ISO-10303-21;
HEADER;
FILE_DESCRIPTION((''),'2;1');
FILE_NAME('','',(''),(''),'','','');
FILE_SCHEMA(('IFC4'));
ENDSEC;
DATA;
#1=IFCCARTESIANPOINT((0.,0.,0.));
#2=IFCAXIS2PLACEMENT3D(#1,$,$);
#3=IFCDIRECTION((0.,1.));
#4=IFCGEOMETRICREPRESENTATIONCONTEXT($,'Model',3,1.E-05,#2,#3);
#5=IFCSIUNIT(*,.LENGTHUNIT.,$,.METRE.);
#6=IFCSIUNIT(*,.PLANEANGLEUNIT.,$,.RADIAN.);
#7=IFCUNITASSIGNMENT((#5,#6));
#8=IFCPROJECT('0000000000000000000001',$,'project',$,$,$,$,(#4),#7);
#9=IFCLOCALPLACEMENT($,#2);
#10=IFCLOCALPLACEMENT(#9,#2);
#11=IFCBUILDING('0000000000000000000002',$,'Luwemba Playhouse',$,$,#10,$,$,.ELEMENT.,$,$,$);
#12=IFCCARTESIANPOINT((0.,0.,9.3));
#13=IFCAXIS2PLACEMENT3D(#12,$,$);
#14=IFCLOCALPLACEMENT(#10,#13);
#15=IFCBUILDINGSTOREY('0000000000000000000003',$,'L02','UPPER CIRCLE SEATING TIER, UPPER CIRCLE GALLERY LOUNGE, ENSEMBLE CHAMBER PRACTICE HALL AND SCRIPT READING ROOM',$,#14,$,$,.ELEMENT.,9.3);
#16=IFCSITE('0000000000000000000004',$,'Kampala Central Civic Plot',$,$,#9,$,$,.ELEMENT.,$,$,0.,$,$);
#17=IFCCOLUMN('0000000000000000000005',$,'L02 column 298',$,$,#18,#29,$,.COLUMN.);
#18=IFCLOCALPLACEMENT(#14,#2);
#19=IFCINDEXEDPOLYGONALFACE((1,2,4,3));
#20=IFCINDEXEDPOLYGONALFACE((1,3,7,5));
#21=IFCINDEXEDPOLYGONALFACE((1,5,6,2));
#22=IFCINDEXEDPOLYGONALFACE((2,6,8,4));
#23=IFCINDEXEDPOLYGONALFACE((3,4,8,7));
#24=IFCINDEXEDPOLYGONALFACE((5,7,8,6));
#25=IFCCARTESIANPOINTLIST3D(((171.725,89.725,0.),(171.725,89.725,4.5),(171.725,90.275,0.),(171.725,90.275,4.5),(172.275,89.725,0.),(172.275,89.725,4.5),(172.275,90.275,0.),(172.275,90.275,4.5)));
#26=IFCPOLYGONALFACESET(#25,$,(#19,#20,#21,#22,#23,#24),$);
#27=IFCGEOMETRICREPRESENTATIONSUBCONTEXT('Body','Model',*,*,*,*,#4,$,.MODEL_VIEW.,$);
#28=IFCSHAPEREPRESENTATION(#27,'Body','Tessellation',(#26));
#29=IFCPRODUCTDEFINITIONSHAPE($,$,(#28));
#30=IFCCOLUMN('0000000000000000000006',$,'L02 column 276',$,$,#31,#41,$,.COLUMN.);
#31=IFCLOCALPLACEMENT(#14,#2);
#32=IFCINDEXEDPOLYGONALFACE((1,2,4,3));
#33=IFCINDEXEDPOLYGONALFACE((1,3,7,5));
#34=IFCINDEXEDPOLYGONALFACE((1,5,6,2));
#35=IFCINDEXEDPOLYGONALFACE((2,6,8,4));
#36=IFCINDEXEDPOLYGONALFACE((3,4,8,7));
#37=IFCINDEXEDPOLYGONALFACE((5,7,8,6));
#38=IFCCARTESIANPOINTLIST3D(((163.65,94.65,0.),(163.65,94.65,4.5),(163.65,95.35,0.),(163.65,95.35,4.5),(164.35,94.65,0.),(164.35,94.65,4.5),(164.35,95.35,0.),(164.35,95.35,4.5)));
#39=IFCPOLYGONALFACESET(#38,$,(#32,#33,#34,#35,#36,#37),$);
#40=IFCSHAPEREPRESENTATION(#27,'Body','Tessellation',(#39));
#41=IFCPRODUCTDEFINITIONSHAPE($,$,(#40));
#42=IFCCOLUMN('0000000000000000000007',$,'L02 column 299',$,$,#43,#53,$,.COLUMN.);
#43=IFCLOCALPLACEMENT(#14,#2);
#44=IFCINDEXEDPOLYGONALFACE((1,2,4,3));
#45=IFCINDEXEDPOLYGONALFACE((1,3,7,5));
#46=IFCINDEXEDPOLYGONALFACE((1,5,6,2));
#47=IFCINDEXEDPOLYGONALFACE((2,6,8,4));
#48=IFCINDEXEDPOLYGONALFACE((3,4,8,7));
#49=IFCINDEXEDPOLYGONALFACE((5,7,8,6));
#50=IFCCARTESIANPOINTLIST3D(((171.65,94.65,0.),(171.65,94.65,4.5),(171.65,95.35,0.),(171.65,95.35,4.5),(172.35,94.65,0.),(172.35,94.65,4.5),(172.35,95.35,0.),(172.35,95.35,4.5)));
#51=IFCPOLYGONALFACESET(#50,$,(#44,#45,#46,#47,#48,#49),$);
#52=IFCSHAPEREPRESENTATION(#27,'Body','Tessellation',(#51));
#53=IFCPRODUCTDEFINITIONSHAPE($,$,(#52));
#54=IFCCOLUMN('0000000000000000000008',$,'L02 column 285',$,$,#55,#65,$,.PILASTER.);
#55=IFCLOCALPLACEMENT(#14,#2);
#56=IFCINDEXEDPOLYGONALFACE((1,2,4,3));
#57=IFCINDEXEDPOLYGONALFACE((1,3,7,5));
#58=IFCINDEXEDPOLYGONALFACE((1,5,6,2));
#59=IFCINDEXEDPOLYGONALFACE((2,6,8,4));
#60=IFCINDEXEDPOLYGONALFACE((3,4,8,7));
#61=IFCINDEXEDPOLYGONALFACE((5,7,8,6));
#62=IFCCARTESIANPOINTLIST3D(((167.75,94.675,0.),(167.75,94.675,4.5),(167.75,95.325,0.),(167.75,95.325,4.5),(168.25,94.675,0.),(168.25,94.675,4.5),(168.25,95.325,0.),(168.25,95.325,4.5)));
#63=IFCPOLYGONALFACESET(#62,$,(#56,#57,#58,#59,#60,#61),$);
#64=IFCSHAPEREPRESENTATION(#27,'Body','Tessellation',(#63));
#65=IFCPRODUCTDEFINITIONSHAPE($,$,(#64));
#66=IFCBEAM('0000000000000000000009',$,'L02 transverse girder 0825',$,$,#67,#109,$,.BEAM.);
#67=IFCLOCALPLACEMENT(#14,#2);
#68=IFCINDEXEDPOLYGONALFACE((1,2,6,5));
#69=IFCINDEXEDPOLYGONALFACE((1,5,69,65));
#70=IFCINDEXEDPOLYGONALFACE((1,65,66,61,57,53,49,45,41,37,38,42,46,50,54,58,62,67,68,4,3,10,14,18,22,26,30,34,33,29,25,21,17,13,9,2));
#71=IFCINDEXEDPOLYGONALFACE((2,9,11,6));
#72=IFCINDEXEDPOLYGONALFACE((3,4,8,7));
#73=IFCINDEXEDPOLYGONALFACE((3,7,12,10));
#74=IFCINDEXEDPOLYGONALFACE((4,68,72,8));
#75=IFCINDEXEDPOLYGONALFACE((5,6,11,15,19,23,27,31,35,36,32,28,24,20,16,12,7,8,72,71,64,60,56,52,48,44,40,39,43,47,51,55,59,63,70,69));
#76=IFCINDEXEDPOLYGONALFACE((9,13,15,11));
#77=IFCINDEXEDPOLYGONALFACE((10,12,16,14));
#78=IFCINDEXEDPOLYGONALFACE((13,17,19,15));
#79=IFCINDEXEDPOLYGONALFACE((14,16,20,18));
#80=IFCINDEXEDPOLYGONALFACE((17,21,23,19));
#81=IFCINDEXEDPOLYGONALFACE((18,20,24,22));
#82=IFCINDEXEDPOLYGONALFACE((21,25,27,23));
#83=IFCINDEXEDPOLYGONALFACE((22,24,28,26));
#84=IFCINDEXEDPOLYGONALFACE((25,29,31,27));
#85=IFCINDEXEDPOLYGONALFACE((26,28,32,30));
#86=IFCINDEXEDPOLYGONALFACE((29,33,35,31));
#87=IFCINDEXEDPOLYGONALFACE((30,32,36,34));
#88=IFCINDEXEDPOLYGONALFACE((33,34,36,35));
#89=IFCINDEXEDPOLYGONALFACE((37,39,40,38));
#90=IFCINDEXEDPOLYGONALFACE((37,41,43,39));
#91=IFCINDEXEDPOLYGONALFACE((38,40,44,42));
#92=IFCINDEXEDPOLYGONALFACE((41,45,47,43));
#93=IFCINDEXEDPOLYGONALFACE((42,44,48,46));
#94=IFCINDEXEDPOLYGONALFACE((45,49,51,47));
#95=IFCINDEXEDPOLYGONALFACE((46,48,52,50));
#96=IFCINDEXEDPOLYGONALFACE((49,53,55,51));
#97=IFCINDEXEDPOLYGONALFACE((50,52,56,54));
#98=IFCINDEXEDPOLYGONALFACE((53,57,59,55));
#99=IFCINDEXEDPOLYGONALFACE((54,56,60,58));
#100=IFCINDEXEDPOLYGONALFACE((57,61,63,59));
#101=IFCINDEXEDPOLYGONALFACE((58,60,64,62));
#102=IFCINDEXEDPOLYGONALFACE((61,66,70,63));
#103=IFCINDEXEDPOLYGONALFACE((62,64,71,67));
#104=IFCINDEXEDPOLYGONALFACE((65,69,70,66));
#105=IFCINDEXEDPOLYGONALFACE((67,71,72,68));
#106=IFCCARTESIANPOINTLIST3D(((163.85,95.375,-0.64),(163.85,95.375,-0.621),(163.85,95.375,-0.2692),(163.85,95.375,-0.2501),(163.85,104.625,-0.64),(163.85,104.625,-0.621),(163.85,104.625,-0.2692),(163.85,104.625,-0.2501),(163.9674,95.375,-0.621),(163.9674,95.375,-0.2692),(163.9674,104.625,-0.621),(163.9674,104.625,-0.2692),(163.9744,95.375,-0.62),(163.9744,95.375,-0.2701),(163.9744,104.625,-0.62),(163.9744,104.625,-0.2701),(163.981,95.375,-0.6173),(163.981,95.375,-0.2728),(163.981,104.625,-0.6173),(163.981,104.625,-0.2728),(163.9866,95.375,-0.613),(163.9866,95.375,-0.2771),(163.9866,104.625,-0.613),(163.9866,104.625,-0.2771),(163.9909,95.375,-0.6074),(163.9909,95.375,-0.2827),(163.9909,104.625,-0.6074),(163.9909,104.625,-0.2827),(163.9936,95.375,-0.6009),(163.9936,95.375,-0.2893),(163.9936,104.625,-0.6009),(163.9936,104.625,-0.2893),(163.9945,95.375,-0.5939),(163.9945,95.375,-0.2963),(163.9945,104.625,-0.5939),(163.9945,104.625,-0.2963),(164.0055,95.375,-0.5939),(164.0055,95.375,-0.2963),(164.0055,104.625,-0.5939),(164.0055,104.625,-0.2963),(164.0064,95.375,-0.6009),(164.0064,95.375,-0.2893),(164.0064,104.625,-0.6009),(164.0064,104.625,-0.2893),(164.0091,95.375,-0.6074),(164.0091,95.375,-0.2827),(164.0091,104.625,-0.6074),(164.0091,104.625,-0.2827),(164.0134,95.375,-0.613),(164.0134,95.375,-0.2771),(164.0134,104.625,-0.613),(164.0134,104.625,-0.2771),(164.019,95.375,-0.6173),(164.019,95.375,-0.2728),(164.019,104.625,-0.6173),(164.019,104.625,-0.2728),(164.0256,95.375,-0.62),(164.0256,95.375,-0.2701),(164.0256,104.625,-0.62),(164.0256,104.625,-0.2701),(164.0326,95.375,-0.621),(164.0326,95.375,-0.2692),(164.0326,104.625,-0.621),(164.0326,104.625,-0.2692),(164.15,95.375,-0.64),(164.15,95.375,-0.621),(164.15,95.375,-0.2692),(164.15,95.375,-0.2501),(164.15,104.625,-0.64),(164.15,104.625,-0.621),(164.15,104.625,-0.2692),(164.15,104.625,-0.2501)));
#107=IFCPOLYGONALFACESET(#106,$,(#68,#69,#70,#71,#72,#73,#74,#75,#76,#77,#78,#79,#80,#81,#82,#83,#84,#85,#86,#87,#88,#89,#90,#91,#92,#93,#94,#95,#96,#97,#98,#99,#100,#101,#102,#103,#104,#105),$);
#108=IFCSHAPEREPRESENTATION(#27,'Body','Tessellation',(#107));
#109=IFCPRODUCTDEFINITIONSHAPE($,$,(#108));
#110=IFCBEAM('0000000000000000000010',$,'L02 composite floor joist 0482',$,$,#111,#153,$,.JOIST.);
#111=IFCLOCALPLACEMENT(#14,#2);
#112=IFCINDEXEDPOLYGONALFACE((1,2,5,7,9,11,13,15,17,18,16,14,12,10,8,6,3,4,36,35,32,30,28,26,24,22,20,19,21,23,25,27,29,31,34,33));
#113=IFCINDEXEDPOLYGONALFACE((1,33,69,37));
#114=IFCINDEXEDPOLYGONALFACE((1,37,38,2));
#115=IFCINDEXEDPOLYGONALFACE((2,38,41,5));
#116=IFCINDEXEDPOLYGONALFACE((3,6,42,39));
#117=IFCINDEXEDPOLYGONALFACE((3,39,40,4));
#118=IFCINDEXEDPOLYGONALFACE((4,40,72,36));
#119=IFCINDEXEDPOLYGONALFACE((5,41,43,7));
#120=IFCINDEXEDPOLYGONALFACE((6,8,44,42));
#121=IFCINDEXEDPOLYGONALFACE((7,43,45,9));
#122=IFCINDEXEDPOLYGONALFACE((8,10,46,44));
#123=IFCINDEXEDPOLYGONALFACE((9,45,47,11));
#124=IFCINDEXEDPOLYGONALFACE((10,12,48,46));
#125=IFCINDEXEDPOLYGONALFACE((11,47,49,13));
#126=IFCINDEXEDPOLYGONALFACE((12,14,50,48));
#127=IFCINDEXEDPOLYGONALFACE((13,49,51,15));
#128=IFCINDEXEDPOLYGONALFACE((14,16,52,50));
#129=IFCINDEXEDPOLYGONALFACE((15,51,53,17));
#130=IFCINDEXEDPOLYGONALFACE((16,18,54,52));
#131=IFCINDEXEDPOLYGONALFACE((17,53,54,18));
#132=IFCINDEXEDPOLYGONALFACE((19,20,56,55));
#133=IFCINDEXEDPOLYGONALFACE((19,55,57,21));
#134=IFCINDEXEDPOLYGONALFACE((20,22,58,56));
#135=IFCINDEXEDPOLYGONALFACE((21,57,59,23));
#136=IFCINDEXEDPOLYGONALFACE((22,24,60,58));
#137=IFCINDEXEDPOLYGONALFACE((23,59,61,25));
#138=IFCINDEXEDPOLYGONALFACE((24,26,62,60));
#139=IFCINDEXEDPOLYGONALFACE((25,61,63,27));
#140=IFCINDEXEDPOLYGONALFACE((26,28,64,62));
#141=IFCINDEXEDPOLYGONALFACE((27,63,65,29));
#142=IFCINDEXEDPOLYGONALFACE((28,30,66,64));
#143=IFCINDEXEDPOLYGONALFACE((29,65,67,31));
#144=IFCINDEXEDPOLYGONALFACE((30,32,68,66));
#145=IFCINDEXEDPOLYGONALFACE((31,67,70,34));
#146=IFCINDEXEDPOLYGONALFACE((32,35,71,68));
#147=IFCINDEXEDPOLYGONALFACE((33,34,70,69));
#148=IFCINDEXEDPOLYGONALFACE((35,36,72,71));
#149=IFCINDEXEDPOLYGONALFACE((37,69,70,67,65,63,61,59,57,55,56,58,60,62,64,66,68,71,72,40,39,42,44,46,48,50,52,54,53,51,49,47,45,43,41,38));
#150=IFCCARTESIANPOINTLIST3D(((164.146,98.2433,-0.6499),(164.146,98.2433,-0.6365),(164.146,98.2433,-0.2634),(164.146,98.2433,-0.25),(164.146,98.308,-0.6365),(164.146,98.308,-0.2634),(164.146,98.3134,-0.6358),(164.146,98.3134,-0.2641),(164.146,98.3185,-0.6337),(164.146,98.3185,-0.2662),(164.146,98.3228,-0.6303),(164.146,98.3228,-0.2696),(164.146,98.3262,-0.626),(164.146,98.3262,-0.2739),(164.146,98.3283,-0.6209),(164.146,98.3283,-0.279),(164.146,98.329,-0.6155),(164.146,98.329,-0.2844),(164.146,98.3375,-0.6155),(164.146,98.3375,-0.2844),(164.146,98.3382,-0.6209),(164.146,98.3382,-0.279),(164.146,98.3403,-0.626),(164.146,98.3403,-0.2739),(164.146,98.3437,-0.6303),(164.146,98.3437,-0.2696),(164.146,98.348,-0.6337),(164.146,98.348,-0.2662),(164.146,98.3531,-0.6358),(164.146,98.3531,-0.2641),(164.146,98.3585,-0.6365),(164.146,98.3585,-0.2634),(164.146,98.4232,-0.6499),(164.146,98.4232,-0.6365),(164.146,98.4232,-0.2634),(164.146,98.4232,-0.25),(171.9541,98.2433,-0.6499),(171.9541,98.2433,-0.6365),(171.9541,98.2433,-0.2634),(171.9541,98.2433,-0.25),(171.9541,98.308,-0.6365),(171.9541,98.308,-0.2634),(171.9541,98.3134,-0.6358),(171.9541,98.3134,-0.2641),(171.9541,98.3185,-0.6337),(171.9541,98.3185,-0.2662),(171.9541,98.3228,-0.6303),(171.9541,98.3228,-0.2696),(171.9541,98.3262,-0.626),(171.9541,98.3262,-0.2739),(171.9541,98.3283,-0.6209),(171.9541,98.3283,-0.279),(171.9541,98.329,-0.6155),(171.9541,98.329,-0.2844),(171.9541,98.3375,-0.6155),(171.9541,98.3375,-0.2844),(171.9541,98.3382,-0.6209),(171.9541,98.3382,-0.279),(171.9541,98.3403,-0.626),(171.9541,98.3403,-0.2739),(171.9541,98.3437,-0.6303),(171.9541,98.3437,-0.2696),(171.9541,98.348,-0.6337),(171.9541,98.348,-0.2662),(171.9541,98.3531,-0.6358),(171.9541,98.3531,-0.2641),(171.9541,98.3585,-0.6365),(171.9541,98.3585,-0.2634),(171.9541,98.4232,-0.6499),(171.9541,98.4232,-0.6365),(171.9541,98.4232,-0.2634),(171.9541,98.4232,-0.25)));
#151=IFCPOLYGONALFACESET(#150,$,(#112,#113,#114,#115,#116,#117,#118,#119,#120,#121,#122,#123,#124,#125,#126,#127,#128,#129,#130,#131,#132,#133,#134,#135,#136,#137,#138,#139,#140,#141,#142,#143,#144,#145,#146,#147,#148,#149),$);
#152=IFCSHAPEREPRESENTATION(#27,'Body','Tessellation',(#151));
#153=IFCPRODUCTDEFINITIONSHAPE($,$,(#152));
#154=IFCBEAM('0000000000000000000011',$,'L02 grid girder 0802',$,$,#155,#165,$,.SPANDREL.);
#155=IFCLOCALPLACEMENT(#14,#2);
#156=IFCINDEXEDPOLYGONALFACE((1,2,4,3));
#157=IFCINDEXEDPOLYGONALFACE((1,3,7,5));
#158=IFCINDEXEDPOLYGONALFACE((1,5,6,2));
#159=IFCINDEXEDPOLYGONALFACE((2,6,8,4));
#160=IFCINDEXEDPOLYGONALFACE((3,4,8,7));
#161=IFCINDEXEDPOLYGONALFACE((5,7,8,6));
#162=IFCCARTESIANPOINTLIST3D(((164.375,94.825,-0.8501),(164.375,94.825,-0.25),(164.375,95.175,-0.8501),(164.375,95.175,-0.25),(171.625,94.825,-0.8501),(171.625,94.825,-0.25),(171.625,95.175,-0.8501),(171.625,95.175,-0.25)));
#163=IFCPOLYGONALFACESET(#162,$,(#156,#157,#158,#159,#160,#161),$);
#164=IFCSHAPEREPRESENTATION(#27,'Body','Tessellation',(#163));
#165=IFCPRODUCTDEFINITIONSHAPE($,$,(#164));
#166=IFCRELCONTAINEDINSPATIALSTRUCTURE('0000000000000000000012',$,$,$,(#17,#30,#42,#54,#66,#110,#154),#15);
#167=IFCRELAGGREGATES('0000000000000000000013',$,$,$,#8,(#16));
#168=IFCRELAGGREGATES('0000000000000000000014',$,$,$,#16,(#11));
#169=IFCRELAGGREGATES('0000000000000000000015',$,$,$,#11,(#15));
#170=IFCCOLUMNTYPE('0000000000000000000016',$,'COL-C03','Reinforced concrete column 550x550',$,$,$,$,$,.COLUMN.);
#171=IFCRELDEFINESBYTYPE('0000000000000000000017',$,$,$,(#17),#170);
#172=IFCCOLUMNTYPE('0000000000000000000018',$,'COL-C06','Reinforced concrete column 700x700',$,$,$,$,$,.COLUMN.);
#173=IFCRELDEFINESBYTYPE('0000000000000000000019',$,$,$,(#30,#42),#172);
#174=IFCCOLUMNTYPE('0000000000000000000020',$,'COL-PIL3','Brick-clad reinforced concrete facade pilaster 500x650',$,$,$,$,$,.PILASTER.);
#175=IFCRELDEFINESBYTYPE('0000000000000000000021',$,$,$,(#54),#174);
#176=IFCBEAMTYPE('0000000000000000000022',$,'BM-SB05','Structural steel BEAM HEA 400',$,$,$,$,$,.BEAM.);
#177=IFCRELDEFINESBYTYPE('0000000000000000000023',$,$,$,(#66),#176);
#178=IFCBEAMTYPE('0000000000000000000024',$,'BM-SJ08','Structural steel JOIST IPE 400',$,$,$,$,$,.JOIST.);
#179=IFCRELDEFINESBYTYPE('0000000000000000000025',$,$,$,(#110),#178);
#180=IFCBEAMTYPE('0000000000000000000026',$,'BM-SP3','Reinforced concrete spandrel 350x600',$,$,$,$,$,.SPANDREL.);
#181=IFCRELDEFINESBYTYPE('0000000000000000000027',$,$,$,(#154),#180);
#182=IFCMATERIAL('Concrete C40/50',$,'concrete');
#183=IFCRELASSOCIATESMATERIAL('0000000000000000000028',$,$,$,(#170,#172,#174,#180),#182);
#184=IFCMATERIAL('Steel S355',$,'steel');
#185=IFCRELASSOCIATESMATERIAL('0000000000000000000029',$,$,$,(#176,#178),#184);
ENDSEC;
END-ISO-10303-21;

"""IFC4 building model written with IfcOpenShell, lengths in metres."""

from ifc_helpers import new_model, si_unit, direction, frame, origin, origin_2d, place, context, subcontext, project, spatial, rectangle, i_section, extrude, material, material_profile, profile_set, type_object, element, save


model = new_model("IFC4")

# Units and contexts
model_context = context("Model", 3, precision=1e-05, world=origin(), true_north=direction((0.0, 1.0)))
body_context = subcontext(model_context, "Body", "Model", "MODEL_VIEW")
ifc_project = project(units=[si_unit("LENGTHUNIT", "METRE"), si_unit("PLANEANGLEUNIT", "RADIAN")], contexts=[model_context])

# Site, building, storey
site_placement = place(None, origin())
site = spatial("IfcSite", under=ifc_project, at=site_placement, Name="Kampala Central Civic Plot", CompositionType="ELEMENT", RefElevation=0.0)
building_placement = place(site_placement, origin())
building = spatial("IfcBuilding", under=site, at=building_placement, Name="Luwemba Playhouse", CompositionType="ELEMENT")
storey_placement = place(building_placement, frame((0.0, 0.0, 9.3)))
storey = spatial("IfcBuildingStorey", under=building, at=storey_placement, Name="L02", Description="UPPER CIRCLE SEATING TIER, UPPER CIRCLE GALLERY LOUNGE, ENSEMBLE CHAMBER PRACTICE HALL AND SCRIPT READING ROOM", CompositionType="ELEMENT", Elevation=9.3)

# Columns
ifc_material_1 = material(Name="Concrete C40/50", Category="concrete")
ifc_material_profile_1 = material_profile(ifc_material_1, rectangle(XDim=0.55, YDim=0.55, at=origin_2d()))
ifc_profile_set_1 = profile_set([ifc_material_profile_1], Name="Concrete C40/50")
column_type_1 = type_object("IfcColumnType", Name="COL-C03", Description="Reinforced concrete column 550x550", PredefinedType="COLUMN", material=ifc_profile_set_1)
column_1_placement = place(storey_placement, frame((172.0, 90.0, 0.0), z_axis=(0.0, 0.0, 1.0), x_axis=(1.0, 0.0, 0.0)))
element("IfcColumn", 1, at=column_1_placement, inside=storey, type_object=column_type_1, Name="L02 column 298", PredefinedType="COLUMN", context=body_context, shape_type="SweptSolid", body=[
    extrude(rectangle(XDim=0.55, YDim=0.55, at=origin_2d()), origin(), (0.0, 0.0, 1.0), 4.5),
])
ifc_material_profile_2 = material_profile(ifc_material_1, rectangle(XDim=0.7, YDim=0.7, at=origin_2d()))
ifc_profile_set_2 = profile_set([ifc_material_profile_2], Name="Concrete C40/50")
column_type_2 = type_object("IfcColumnType", Name="COL-C06", Description="Reinforced concrete column 700x700", PredefinedType="COLUMN", material=ifc_profile_set_2)
for number, where, z_axis, x_axis, name in (
    (2, (164.0, 95.0, 0.0), (0.0, 0.0, 1.0), (1.0, 0.0, 0.0), "L02 column 276"),
    (3, (172.0, 95.0, 0.0), (0.0, 0.0, 1.0), (1.0, 0.0, 0.0), "L02 column 299"),
):
    element("IfcColumn", number, at=place(storey_placement, frame(where, z_axis=z_axis, x_axis=x_axis)), inside=storey, type_object=column_type_2, Name=name, PredefinedType="COLUMN", context=body_context, shape_type="SweptSolid", body=[
        extrude(rectangle(XDim=0.7, YDim=0.7, at=origin_2d()), origin(), (0.0, 0.0, 1.0), 4.5),
    ])
ifc_material_profile_3 = material_profile(ifc_material_1, rectangle(XDim=0.5, YDim=0.6499, at=origin_2d()))
ifc_profile_set_3 = profile_set([ifc_material_profile_3], Name="Concrete C40/50")
column_type_3 = type_object("IfcColumnType", Name="COL-PIL3", Description="Brick-clad reinforced concrete facade pilaster 500x650", PredefinedType="PILASTER", material=ifc_profile_set_3)
column_2_placement = place(storey_placement, frame((168.0, 95.0, 0.0), z_axis=(0.0, 0.0, 1.0), x_axis=(1.0, 0.0, 0.0)))
element("IfcColumn", 4, at=column_2_placement, inside=storey, type_object=column_type_3, Name="L02 column 285", PredefinedType="PILASTER", context=body_context, shape_type="SweptSolid", body=[
    extrude(rectangle(XDim=0.5, YDim=0.6499, at=origin_2d()), origin(), (0.0, 0.0, 1.0), 4.5),
])

# Beams
ifc_material_2 = material(Name="Steel S355", Category="steel")
ifc_material_profile_4 = material_profile(ifc_material_2, i_section(OverallWidth=0.3, OverallDepth=0.3899, WebThickness=0.011, FlangeThickness=0.019, FilletRadius=0.0271, at=origin_2d()))
ifc_profile_set_4 = profile_set([ifc_material_profile_4], Name="Steel S355")
beam_type_1 = type_object("IfcBeamType", Name="BM-SB05", Description="Structural steel BEAM HEA 400", PredefinedType="BEAM", material=ifc_profile_set_4)
beam_1_placement = place(storey_placement, frame((164.0, 95.375, -0.4451), z_axis=(0.0, 1.0, 0.0), x_axis=(-1.0, 0.0, 0.0)))
element("IfcBeam", 5, at=beam_1_placement, inside=storey, type_object=beam_type_1, Name="L02 transverse girder 0825", PredefinedType="BEAM", context=body_context, shape_type="SweptSolid", body=[
    extrude(i_section(OverallWidth=0.3, OverallDepth=0.3899, WebThickness=0.011, FlangeThickness=0.019, FilletRadius=0.0271, at=origin_2d()), origin(), (0.0, 0.0, 1.0), 9.25),
])
ifc_material_profile_5 = material_profile(ifc_material_2, i_section(OverallWidth=0.1799, OverallDepth=0.3999, WebThickness=0.0085, FlangeThickness=0.0134, FilletRadius=0.021, at=origin_2d()))
ifc_profile_set_5 = profile_set([ifc_material_profile_5], Name="Steel S355")
beam_type_2 = type_object("IfcBeamType", Name="BM-SJ08", Description="Structural steel JOIST IPE 400", PredefinedType="JOIST", material=ifc_profile_set_5)
beam_2_placement = place(storey_placement, frame((164.146, 98.3333, -0.45), z_axis=(1.0, 0.0, 0.0), x_axis=(0.0, 1.0, 0.0)))
element("IfcBeam", 6, at=beam_2_placement, inside=storey, type_object=beam_type_2, Name="L02 composite floor joist 0482", PredefinedType="JOIST", context=body_context, shape_type="SweptSolid", body=[
    extrude(i_section(OverallWidth=0.1799, OverallDepth=0.3999, WebThickness=0.0085, FlangeThickness=0.0134, FilletRadius=0.021, at=origin_2d()), origin(), (0.0, 0.0, 1.0), 7.8081),
])
ifc_material_profile_6 = material_profile(ifc_material_1, rectangle(XDim=0.3501, YDim=0.6001, at=origin_2d()))
ifc_profile_set_6 = profile_set([ifc_material_profile_6], Name="Concrete C40/50")
beam_type_3 = type_object("IfcBeamType", Name="BM-SP3", Description="Reinforced concrete spandrel 350x600", PredefinedType="SPANDREL", material=ifc_profile_set_6)
beam_3_placement = place(storey_placement, frame((164.375, 95.0, -0.55), z_axis=(1.0, 0.0, 0.0), x_axis=(0.0, 1.0, 0.0)))
element("IfcBeam", 7, at=beam_3_placement, inside=storey, type_object=beam_type_3, Name="L02 grid girder 0802", PredefinedType="SPANDREL", context=body_context, shape_type="SweptSolid", body=[
    extrude(rectangle(XDim=0.3501, YDim=0.6001, at=origin_2d()), origin(), (0.0, 0.0, 1.0), 7.25),
])

save(model, "model.ifc")
